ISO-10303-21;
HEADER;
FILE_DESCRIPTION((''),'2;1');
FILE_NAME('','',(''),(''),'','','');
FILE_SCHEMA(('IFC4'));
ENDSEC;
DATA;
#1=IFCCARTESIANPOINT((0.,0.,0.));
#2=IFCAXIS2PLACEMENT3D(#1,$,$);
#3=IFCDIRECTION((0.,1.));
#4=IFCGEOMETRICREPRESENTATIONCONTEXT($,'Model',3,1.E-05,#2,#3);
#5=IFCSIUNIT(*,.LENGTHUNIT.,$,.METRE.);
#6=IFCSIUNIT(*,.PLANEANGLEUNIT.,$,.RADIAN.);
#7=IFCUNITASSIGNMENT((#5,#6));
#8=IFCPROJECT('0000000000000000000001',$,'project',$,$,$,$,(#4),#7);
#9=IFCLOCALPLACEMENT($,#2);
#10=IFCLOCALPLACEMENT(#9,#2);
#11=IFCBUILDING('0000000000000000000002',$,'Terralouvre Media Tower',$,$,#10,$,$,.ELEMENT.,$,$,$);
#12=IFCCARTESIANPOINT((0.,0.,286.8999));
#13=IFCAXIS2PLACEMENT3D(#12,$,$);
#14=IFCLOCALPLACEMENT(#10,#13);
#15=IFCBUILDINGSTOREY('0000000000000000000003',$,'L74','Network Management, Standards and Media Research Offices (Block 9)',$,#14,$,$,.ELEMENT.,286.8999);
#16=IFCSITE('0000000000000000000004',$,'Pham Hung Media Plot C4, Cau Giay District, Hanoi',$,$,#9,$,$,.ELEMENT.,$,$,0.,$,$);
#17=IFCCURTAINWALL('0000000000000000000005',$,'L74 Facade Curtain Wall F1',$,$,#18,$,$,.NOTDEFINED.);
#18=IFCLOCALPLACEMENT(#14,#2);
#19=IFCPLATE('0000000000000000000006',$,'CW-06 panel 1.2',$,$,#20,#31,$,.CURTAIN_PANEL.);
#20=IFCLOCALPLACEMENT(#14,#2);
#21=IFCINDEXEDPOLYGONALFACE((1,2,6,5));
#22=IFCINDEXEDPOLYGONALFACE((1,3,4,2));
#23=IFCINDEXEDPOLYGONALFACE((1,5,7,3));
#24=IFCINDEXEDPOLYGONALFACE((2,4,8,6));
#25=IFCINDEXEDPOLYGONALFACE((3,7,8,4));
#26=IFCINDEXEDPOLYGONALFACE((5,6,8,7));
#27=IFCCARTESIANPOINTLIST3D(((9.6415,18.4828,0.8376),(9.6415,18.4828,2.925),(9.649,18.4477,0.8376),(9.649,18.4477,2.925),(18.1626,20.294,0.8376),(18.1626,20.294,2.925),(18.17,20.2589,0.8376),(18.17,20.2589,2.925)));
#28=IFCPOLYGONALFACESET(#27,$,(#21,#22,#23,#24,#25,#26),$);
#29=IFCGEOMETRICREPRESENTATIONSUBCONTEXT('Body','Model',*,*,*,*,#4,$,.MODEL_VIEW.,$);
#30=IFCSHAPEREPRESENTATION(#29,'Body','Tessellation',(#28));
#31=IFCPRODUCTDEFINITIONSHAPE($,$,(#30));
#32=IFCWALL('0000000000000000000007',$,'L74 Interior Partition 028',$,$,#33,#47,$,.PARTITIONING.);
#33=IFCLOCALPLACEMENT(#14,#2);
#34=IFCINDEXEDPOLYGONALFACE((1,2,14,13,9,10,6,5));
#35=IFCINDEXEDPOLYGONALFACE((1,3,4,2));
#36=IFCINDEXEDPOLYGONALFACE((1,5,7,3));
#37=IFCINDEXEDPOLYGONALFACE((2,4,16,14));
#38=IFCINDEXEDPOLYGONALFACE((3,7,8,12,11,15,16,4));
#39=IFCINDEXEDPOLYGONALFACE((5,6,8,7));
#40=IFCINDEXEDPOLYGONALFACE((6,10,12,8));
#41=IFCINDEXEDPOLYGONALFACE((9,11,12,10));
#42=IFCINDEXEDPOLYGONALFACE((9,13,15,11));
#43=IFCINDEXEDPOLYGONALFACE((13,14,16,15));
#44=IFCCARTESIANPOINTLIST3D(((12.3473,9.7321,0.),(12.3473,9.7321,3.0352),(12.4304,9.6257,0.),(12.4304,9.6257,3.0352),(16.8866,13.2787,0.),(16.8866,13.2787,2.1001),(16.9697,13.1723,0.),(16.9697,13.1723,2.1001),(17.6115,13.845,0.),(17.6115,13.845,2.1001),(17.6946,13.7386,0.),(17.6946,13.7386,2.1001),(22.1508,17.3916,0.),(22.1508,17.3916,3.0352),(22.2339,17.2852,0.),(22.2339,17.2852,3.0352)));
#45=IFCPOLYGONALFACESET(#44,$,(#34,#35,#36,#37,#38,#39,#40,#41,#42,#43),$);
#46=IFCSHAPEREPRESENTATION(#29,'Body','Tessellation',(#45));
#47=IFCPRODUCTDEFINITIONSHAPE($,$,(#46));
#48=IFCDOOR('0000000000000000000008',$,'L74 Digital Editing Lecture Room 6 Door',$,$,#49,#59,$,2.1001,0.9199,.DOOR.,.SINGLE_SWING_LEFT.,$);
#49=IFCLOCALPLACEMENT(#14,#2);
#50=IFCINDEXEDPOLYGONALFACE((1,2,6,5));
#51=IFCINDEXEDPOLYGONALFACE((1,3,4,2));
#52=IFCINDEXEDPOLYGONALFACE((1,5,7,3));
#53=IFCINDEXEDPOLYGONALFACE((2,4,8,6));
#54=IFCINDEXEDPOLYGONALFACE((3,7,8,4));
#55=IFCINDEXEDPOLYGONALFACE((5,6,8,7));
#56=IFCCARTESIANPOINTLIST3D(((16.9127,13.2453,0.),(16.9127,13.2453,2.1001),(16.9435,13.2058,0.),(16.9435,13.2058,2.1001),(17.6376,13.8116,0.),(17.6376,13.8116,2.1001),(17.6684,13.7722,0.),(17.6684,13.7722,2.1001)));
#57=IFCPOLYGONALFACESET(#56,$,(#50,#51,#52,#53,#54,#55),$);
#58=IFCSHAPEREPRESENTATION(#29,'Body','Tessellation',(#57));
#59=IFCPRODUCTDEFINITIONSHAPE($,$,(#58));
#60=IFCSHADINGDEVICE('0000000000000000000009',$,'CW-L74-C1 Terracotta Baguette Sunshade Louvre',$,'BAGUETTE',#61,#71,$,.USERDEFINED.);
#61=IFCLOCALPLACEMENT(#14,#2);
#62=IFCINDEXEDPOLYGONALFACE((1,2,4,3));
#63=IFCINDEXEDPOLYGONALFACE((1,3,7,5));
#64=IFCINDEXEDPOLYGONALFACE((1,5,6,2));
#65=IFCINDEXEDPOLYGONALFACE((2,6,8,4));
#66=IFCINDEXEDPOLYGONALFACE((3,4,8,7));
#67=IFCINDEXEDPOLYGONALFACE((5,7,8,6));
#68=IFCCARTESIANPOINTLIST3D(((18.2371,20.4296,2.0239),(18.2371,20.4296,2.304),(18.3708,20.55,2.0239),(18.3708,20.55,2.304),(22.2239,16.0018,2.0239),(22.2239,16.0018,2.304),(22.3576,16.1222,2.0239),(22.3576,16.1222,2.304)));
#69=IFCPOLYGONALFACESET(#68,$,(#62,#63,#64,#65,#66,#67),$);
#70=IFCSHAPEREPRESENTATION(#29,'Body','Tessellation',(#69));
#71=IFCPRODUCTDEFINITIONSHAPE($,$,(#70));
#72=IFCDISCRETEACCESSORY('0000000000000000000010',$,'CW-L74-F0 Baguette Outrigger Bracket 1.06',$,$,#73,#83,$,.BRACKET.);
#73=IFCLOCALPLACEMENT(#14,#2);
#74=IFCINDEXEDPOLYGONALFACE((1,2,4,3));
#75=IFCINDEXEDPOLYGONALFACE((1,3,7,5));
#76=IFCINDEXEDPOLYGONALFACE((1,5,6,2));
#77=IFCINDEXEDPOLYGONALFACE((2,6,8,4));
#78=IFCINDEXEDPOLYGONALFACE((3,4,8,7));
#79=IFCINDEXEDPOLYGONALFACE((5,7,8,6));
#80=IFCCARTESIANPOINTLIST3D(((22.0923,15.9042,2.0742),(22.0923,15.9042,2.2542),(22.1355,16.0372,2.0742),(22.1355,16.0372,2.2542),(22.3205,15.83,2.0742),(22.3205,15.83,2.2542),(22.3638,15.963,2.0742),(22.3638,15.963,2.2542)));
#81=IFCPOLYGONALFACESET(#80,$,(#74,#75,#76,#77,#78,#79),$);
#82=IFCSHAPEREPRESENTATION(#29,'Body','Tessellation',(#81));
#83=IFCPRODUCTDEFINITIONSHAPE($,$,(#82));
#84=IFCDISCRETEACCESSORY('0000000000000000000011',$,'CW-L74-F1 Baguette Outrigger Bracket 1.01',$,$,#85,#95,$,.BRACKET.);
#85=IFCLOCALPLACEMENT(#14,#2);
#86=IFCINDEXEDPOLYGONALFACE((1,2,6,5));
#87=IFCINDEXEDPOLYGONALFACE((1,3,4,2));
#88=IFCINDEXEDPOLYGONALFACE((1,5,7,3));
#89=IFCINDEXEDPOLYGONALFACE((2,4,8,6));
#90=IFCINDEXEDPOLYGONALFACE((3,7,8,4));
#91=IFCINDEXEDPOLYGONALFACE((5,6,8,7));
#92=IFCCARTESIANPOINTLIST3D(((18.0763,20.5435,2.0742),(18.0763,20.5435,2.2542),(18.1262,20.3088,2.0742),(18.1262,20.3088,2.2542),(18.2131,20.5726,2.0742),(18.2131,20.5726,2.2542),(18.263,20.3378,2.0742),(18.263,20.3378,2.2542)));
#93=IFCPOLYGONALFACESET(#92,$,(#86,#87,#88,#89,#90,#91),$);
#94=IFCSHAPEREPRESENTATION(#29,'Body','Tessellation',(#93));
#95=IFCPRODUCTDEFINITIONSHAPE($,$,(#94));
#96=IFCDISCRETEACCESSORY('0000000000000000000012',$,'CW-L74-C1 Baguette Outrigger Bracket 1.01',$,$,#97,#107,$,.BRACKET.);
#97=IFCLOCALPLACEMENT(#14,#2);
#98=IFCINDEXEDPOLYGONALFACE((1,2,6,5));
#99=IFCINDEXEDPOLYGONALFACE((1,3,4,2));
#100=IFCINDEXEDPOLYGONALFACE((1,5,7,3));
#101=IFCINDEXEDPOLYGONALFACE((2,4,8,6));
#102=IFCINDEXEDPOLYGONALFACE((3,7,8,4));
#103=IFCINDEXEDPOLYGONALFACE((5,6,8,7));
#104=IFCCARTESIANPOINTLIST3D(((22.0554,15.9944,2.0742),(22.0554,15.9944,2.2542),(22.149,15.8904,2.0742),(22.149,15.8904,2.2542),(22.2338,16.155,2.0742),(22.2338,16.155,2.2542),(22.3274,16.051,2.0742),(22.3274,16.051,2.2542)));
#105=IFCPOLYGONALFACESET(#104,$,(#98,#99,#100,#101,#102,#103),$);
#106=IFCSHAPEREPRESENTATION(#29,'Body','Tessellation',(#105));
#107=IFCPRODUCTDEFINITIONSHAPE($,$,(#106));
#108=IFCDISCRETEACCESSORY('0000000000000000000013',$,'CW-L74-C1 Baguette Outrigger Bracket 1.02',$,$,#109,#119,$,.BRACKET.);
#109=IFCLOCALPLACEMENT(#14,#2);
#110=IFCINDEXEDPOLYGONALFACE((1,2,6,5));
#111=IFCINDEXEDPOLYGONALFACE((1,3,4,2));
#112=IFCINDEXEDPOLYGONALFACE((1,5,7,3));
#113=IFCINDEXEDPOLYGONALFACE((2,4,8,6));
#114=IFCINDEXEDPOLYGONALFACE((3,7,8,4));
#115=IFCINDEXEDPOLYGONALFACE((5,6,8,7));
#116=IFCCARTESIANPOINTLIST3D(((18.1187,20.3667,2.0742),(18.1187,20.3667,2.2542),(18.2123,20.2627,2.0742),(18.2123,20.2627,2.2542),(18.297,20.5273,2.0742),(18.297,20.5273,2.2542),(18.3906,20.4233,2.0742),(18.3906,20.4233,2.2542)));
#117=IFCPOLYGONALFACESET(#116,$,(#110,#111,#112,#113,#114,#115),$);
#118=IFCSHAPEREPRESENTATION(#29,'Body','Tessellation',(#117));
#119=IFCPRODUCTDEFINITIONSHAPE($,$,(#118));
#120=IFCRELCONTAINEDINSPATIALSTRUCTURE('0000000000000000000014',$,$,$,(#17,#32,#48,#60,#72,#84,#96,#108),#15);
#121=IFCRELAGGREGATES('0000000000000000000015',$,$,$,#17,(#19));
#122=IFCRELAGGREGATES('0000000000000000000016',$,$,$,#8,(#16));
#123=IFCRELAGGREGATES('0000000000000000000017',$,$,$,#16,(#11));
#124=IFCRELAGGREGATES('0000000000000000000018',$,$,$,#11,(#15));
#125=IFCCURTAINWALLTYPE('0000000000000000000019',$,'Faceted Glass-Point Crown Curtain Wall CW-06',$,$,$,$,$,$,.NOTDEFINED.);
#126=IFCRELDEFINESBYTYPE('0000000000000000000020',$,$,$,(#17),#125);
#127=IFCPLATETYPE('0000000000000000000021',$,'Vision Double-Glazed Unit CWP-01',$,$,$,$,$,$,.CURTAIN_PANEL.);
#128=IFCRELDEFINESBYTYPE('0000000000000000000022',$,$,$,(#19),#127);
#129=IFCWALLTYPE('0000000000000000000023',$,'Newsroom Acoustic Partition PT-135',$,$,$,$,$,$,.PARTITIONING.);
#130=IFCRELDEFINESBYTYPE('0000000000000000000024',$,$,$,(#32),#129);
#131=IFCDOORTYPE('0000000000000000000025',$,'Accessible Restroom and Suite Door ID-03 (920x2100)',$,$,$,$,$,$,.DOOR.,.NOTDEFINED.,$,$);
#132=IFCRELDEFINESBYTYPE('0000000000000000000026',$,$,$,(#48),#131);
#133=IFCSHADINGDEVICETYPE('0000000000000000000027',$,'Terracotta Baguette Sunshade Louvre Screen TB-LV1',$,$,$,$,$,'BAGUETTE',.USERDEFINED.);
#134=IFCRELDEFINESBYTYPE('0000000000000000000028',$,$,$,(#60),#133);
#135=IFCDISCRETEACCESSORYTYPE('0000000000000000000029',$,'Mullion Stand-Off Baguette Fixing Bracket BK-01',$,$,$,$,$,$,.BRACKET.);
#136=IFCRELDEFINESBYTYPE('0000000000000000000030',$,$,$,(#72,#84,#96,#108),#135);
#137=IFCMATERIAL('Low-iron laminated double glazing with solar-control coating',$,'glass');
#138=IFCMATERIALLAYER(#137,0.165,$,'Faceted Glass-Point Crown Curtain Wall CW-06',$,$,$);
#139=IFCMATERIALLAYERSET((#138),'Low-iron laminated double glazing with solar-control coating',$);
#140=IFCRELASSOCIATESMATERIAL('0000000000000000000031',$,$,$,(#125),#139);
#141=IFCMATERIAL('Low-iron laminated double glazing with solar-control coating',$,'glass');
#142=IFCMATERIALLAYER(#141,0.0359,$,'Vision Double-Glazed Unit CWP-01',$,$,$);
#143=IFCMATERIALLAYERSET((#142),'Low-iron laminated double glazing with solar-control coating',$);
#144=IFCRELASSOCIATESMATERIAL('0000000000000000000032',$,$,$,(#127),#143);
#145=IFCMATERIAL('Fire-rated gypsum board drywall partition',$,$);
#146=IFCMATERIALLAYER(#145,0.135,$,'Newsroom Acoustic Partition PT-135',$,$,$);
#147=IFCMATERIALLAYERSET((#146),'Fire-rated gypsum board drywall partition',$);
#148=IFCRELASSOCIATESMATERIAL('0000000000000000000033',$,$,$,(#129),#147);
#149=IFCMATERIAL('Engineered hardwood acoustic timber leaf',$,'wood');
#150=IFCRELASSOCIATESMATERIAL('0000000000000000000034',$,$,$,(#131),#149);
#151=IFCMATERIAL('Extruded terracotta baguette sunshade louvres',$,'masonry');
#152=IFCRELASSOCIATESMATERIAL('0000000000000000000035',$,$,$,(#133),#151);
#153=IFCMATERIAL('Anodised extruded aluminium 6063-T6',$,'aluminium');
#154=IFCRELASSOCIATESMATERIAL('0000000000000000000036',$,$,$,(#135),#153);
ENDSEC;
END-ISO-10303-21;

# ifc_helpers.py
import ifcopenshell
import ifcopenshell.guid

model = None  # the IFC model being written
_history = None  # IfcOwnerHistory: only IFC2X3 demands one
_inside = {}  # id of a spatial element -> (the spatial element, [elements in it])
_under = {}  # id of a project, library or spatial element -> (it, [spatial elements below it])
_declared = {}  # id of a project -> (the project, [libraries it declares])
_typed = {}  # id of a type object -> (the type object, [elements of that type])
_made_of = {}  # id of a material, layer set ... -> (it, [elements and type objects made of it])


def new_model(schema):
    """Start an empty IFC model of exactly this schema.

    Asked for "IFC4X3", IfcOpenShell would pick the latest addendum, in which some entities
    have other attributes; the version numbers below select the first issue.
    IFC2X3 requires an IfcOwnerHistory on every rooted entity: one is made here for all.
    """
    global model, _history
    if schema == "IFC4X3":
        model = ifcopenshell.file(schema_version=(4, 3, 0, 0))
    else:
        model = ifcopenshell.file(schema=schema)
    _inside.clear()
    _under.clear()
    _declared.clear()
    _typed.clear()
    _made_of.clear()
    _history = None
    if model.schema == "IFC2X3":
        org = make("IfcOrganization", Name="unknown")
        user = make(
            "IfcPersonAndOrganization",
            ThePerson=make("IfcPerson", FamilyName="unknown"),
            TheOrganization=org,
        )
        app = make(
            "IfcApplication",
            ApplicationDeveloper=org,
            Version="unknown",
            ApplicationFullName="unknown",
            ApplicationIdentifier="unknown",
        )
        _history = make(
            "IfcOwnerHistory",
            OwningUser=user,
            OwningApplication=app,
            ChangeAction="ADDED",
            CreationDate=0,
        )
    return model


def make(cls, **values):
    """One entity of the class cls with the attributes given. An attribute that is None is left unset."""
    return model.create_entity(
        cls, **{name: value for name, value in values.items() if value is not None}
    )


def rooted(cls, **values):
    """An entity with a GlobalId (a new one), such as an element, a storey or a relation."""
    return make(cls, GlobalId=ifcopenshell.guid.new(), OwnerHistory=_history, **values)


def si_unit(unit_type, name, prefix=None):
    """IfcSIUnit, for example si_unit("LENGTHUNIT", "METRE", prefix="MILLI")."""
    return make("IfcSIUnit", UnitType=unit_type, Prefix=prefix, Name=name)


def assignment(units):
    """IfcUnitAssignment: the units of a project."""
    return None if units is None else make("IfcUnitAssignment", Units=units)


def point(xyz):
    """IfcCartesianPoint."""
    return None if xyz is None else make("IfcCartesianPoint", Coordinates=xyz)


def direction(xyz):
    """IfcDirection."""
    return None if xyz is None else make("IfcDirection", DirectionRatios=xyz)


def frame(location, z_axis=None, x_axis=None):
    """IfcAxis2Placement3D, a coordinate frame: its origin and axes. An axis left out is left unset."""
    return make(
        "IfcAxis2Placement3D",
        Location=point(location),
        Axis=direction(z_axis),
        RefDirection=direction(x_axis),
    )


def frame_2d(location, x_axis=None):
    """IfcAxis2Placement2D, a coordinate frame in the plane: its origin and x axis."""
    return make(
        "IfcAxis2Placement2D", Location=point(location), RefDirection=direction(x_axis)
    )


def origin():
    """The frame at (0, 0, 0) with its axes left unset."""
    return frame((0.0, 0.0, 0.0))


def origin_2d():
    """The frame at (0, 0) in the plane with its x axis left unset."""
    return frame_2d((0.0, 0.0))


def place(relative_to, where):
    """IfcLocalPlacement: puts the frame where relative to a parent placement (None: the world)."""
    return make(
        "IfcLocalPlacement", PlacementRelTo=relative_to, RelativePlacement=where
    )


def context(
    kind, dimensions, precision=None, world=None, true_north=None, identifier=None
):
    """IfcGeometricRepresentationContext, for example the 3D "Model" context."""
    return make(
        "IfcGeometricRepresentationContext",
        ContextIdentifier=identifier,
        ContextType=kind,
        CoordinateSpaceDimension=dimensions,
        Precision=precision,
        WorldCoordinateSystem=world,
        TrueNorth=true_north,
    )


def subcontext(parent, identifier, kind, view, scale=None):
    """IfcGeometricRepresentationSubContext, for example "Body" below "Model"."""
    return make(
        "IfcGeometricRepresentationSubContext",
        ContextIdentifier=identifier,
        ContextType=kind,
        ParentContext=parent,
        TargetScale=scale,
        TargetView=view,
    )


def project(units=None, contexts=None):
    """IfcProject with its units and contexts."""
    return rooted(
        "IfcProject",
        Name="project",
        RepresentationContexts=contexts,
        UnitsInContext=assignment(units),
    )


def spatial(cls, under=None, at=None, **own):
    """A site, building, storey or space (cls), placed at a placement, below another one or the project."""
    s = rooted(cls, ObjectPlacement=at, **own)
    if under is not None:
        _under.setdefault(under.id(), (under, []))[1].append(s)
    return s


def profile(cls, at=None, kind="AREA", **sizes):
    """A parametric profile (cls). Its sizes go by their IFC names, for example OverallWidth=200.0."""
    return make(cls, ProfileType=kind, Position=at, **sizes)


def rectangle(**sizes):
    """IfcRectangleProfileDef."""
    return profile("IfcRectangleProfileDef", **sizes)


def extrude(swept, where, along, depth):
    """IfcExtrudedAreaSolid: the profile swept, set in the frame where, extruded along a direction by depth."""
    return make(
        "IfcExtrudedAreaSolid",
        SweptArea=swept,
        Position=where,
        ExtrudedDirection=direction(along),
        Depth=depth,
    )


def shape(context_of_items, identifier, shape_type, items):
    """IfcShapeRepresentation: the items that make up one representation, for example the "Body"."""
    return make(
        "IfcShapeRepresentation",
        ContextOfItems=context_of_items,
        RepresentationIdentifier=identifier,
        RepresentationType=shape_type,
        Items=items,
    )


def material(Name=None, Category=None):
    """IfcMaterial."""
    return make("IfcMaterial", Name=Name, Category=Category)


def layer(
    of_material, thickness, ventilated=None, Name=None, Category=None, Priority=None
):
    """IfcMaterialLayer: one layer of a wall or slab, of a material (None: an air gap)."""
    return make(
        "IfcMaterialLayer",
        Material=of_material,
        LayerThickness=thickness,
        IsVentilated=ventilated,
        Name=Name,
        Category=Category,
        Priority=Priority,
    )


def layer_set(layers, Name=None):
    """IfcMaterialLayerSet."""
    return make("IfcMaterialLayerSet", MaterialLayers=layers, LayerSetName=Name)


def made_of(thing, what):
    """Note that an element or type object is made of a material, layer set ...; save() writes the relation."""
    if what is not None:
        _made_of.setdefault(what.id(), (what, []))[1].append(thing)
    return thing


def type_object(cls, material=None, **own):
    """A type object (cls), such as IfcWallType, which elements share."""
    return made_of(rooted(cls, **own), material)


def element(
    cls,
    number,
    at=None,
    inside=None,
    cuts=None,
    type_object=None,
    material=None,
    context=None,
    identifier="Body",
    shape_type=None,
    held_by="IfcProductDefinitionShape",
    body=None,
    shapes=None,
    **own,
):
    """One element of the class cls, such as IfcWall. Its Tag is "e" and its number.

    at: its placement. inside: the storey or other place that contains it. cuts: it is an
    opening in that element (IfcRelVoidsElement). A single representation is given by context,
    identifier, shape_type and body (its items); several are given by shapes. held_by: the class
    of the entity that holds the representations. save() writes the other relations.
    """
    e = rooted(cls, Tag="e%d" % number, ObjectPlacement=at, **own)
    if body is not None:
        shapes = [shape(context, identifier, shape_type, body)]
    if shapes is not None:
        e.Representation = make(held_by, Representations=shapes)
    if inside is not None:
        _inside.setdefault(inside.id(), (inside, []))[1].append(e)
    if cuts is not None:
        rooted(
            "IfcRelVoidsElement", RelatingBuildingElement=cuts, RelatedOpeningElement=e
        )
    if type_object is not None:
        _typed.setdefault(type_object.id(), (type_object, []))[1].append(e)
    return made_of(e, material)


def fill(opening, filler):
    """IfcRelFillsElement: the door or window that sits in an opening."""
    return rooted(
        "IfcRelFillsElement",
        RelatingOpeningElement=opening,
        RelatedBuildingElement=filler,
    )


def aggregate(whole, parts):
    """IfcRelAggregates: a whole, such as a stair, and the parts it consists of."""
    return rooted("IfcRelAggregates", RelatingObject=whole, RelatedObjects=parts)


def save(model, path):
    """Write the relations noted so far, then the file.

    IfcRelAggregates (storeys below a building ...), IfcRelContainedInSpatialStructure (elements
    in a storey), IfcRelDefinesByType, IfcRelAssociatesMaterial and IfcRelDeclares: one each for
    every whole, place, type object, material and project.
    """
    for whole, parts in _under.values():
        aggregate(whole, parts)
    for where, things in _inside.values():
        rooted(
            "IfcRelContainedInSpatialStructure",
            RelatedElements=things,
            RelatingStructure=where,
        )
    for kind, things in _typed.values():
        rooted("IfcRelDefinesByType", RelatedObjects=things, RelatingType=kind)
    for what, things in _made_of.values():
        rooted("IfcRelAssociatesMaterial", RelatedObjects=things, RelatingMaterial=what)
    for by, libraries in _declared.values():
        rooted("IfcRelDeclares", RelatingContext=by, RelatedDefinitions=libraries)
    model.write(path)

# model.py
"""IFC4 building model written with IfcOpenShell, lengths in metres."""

from ifc_helpers import new_model, si_unit, direction, frame, frame_2d, origin, origin_2d, place, context, subcontext, project, spatial, rectangle, extrude, material, layer, layer_set, type_object, element, fill, aggregate, save


model = new_model("IFC4")

# Units and contexts
model_context = context("Model", 3, precision=1e-05, world=origin(), true_north=direction((0.0, 1.0)))
body_context = subcontext(model_context, "Body", "Model", "MODEL_VIEW")
ifc_project = project(units=[si_unit("LENGTHUNIT", "METRE"), si_unit("PLANEANGLEUNIT", "RADIAN")], contexts=[model_context])

# Site, building, storey
site_placement = place(None, origin())
site = spatial("IfcSite", under=ifc_project, at=site_placement, Name="Pham Hung Media Plot C4, Cau Giay District, Hanoi", CompositionType="ELEMENT", RefElevation=0.0)
building_placement = place(site_placement, origin())
building = spatial("IfcBuilding", under=site, at=building_placement, Name="Terralouvre Media Tower", CompositionType="ELEMENT")
storey_placement = place(building_placement, frame((0.0, 0.0, 286.8999)))
storey = spatial("IfcBuildingStorey", under=building, at=storey_placement, Name="L74", Description="Network Management, Standards and Media Research Offices (Block 9)", CompositionType="ELEMENT", Elevation=286.8999)

# Curtain wall
ifc_material_1 = material(Name="Low-iron laminated double glazing with solar-control coating", Category="glass")
ifc_layer_1 = layer(ifc_material_1, 0.165, Name="Faceted Glass-Point Crown Curtain Wall CW-06")
ifc_layer_set_1 = layer_set([ifc_layer_1], Name="Low-iron laminated double glazing with solar-control coating")
curtain_wall_type_1 = type_object("IfcCurtainWallType", Name="Faceted Glass-Point Crown Curtain Wall CW-06", PredefinedType="NOTDEFINED", material=ifc_layer_set_1)
curtain_wall_1_placement = place(storey_placement, origin())
curtain_wall_1 = element("IfcCurtainWall", 1, at=curtain_wall_1_placement, inside=storey, type_object=curtain_wall_type_1, Name="L74 Facade Curtain Wall F1", PredefinedType="NOTDEFINED")

# Plate
ifc_material_2 = material(Name="Low-iron laminated double glazing with solar-control coating", Category="glass")
ifc_layer_2 = layer(ifc_material_2, 0.0359, Name="Vision Double-Glazed Unit CWP-01")
ifc_layer_set_2 = layer_set([ifc_layer_2], Name="Low-iron laminated double glazing with solar-control coating")
plate_type_1 = type_object("IfcPlateType", Name="Vision Double-Glazed Unit CWP-01", PredefinedType="CURTAIN_PANEL", material=ifc_layer_set_2)
plate_1_placement = place(storey_placement, frame((13.9058, 19.3708, 0.8376), z_axis=(0.0, 0.0, 1.0), x_axis=(-0.978148, -0.207912, 0.0)))
plate_1 = element("IfcPlate", 2, at=plate_1_placement, type_object=plate_type_1, Name="CW-06 panel 1.2", PredefinedType="CURTAIN_PANEL", context=body_context, shape_type="SweptSolid", body=[
    extrude(rectangle(XDim=8.7114, YDim=0.0359, at=origin_2d()), origin(), (0.0, 0.0, 1.0), 2.0874),
])
aggregate(curtain_wall_1, [plate_1])

# Wall, opening, door
ifc_material_3 = material(Name="Fire-rated gypsum board drywall partition")
ifc_layer_3 = layer(ifc_material_3, 0.135, Name="Newsroom Acoustic Partition PT-135")
ifc_layer_set_3 = layer_set([ifc_layer_3], Name="Fire-rated gypsum board drywall partition")
wall_type = type_object("IfcWallType", Name="Newsroom Acoustic Partition PT-135", PredefinedType="PARTITIONING", material=ifc_layer_set_3)
wall_placement = place(storey_placement, frame((22.1924, 17.3384, 0.0), z_axis=(0.0, 0.0, 1.0), x_axis=(-0.788006, -0.615667, 0.0)))
wall = element("IfcWall", 3, at=wall_placement, inside=storey, type_object=wall_type, Name="L74 Interior Partition 028", PredefinedType="PARTITIONING", context=body_context, shape_type="SweptSolid", body=[
    extrude(rectangle(XDim=12.4409, YDim=0.135, at=frame_2d((6.2205, 0.0))), origin(), (0.0, 0.0, 1.0), 3.0352),
])
opening_placement = place(wall_placement, frame((5.7605, 0.0, 0.0)))
opening = element("IfcOpeningElement", 4, at=opening_placement, cuts=wall, PredefinedType="OPENING", context=body_context, shape_type="SweptSolid", body=[
    extrude(rectangle(XDim=0.9199, YDim=2.1001, at=frame_2d((0.46, 1.05))), frame((0.0, 0.0774, 0.0), z_axis=(0.0, -1.0, 0.0), x_axis=(1.0, 0.0, 0.0)), (0.0, 0.0, 1.0), 0.155),
])
ifc_material_4 = material(Name="Engineered hardwood acoustic timber leaf", Category="wood")
door_type = type_object("IfcDoorType", Name="Accessible Restroom and Suite Door ID-03 (920x2100)", OperationType="NOTDEFINED", PredefinedType="DOOR", material=ifc_material_4)
door_placement = place(opening_placement, origin())
door = element("IfcDoor", 5, at=door_placement, inside=storey, type_object=door_type, Name="L74 Digital Editing Lecture Room 6 Door", OperationType="SINGLE_SWING_LEFT", OverallHeight=2.1001, OverallWidth=0.9199, PredefinedType="DOOR", context=body_context, shape_type="SweptSolid", body=[
    extrude(rectangle(XDim=0.9199, YDim=2.1001, at=frame_2d((0.46, 1.05))), frame((0.0, 0.0249, 0.0), z_axis=(0.0, -1.0, 0.0), x_axis=(1.0, 0.0, 0.0)), (0.0, 0.0, 1.0), 0.05),
])
fill(opening, door)

# Shading device
ifc_material_5 = material(Name="Extruded terracotta baguette sunshade louvres", Category="masonry")
shading_device_type = type_object("IfcShadingDeviceType", Name="Terracotta Baguette Sunshade Louvre Screen TB-LV1", ElementType="BAGUETTE", PredefinedType="USERDEFINED", material=ifc_material_5)
shading_device_placement = place(storey_placement, frame((20.2974, 18.2759, 2.0239), z_axis=(0.0, 0.0, 1.0), x_axis=(-0.66913, 0.743145, 0.0)))
element("IfcShadingDevice", 6, at=shading_device_placement, inside=storey, type_object=shading_device_type, Name="CW-L74-C1 Terracotta Baguette Sunshade Louvre", ObjectType="BAGUETTE", PredefinedType="USERDEFINED", context=body_context, shape_type="SweptSolid", body=[
    extrude(rectangle(XDim=5.9583, YDim=0.1799, at=origin_2d()), origin(), (0.0, 0.0, 1.0), 0.28),
])

# Discrete accessories
ifc_material_6 = material(Name="Anodised extruded aluminium 6063-T6", Category="aluminium")
discrete_accessory_type = type_object("IfcDiscreteAccessoryType", Name="Mullion Stand-Off Baguette Fixing Bracket BK-01", PredefinedType="BRACKET", material=ifc_material_6)
for number, where, z_axis, x_axis, name in (
    (7, (22.228, 15.9336, 2.0742), (0.0, 0.0, 1.0), (0.309017, 0.951057, 0.0), "CW-L74-F0 Baguette Outrigger Bracket 1.06"),
    (8, (18.1697, 20.4407, 2.0742), (0.0, 0.0, 1.0), (-0.978148, -0.207912, 0.0), "CW-L74-F1 Baguette Outrigger Bracket 1.01"),
    (9, (22.1914, 16.0227, 2.0742), (0.0, 0.0, 1.0), (-0.66913, 0.743145, 0.0), "CW-L74-C1 Baguette Outrigger Bracket 1.01"),
    (10, (18.2546, 20.395, 2.0742), (0.0, 0.0, 1.0), (-0.66913, 0.743145, 0.0), "CW-L74-C1 Baguette Outrigger Bracket 1.02"),
):
    element("IfcDiscreteAccessory", number, at=place(storey_placement, frame(where, z_axis=z_axis, x_axis=x_axis)), inside=storey, type_object=discrete_accessory_type, Name=name, PredefinedType="BRACKET", context=body_context, shape_type="SweptSolid", body=[
        extrude(rectangle(XDim=0.1399, YDim=0.24, at=origin_2d()), origin(), (0.0, 0.0, 1.0), 0.1799),
    ])

save(model, "model.ifc")
